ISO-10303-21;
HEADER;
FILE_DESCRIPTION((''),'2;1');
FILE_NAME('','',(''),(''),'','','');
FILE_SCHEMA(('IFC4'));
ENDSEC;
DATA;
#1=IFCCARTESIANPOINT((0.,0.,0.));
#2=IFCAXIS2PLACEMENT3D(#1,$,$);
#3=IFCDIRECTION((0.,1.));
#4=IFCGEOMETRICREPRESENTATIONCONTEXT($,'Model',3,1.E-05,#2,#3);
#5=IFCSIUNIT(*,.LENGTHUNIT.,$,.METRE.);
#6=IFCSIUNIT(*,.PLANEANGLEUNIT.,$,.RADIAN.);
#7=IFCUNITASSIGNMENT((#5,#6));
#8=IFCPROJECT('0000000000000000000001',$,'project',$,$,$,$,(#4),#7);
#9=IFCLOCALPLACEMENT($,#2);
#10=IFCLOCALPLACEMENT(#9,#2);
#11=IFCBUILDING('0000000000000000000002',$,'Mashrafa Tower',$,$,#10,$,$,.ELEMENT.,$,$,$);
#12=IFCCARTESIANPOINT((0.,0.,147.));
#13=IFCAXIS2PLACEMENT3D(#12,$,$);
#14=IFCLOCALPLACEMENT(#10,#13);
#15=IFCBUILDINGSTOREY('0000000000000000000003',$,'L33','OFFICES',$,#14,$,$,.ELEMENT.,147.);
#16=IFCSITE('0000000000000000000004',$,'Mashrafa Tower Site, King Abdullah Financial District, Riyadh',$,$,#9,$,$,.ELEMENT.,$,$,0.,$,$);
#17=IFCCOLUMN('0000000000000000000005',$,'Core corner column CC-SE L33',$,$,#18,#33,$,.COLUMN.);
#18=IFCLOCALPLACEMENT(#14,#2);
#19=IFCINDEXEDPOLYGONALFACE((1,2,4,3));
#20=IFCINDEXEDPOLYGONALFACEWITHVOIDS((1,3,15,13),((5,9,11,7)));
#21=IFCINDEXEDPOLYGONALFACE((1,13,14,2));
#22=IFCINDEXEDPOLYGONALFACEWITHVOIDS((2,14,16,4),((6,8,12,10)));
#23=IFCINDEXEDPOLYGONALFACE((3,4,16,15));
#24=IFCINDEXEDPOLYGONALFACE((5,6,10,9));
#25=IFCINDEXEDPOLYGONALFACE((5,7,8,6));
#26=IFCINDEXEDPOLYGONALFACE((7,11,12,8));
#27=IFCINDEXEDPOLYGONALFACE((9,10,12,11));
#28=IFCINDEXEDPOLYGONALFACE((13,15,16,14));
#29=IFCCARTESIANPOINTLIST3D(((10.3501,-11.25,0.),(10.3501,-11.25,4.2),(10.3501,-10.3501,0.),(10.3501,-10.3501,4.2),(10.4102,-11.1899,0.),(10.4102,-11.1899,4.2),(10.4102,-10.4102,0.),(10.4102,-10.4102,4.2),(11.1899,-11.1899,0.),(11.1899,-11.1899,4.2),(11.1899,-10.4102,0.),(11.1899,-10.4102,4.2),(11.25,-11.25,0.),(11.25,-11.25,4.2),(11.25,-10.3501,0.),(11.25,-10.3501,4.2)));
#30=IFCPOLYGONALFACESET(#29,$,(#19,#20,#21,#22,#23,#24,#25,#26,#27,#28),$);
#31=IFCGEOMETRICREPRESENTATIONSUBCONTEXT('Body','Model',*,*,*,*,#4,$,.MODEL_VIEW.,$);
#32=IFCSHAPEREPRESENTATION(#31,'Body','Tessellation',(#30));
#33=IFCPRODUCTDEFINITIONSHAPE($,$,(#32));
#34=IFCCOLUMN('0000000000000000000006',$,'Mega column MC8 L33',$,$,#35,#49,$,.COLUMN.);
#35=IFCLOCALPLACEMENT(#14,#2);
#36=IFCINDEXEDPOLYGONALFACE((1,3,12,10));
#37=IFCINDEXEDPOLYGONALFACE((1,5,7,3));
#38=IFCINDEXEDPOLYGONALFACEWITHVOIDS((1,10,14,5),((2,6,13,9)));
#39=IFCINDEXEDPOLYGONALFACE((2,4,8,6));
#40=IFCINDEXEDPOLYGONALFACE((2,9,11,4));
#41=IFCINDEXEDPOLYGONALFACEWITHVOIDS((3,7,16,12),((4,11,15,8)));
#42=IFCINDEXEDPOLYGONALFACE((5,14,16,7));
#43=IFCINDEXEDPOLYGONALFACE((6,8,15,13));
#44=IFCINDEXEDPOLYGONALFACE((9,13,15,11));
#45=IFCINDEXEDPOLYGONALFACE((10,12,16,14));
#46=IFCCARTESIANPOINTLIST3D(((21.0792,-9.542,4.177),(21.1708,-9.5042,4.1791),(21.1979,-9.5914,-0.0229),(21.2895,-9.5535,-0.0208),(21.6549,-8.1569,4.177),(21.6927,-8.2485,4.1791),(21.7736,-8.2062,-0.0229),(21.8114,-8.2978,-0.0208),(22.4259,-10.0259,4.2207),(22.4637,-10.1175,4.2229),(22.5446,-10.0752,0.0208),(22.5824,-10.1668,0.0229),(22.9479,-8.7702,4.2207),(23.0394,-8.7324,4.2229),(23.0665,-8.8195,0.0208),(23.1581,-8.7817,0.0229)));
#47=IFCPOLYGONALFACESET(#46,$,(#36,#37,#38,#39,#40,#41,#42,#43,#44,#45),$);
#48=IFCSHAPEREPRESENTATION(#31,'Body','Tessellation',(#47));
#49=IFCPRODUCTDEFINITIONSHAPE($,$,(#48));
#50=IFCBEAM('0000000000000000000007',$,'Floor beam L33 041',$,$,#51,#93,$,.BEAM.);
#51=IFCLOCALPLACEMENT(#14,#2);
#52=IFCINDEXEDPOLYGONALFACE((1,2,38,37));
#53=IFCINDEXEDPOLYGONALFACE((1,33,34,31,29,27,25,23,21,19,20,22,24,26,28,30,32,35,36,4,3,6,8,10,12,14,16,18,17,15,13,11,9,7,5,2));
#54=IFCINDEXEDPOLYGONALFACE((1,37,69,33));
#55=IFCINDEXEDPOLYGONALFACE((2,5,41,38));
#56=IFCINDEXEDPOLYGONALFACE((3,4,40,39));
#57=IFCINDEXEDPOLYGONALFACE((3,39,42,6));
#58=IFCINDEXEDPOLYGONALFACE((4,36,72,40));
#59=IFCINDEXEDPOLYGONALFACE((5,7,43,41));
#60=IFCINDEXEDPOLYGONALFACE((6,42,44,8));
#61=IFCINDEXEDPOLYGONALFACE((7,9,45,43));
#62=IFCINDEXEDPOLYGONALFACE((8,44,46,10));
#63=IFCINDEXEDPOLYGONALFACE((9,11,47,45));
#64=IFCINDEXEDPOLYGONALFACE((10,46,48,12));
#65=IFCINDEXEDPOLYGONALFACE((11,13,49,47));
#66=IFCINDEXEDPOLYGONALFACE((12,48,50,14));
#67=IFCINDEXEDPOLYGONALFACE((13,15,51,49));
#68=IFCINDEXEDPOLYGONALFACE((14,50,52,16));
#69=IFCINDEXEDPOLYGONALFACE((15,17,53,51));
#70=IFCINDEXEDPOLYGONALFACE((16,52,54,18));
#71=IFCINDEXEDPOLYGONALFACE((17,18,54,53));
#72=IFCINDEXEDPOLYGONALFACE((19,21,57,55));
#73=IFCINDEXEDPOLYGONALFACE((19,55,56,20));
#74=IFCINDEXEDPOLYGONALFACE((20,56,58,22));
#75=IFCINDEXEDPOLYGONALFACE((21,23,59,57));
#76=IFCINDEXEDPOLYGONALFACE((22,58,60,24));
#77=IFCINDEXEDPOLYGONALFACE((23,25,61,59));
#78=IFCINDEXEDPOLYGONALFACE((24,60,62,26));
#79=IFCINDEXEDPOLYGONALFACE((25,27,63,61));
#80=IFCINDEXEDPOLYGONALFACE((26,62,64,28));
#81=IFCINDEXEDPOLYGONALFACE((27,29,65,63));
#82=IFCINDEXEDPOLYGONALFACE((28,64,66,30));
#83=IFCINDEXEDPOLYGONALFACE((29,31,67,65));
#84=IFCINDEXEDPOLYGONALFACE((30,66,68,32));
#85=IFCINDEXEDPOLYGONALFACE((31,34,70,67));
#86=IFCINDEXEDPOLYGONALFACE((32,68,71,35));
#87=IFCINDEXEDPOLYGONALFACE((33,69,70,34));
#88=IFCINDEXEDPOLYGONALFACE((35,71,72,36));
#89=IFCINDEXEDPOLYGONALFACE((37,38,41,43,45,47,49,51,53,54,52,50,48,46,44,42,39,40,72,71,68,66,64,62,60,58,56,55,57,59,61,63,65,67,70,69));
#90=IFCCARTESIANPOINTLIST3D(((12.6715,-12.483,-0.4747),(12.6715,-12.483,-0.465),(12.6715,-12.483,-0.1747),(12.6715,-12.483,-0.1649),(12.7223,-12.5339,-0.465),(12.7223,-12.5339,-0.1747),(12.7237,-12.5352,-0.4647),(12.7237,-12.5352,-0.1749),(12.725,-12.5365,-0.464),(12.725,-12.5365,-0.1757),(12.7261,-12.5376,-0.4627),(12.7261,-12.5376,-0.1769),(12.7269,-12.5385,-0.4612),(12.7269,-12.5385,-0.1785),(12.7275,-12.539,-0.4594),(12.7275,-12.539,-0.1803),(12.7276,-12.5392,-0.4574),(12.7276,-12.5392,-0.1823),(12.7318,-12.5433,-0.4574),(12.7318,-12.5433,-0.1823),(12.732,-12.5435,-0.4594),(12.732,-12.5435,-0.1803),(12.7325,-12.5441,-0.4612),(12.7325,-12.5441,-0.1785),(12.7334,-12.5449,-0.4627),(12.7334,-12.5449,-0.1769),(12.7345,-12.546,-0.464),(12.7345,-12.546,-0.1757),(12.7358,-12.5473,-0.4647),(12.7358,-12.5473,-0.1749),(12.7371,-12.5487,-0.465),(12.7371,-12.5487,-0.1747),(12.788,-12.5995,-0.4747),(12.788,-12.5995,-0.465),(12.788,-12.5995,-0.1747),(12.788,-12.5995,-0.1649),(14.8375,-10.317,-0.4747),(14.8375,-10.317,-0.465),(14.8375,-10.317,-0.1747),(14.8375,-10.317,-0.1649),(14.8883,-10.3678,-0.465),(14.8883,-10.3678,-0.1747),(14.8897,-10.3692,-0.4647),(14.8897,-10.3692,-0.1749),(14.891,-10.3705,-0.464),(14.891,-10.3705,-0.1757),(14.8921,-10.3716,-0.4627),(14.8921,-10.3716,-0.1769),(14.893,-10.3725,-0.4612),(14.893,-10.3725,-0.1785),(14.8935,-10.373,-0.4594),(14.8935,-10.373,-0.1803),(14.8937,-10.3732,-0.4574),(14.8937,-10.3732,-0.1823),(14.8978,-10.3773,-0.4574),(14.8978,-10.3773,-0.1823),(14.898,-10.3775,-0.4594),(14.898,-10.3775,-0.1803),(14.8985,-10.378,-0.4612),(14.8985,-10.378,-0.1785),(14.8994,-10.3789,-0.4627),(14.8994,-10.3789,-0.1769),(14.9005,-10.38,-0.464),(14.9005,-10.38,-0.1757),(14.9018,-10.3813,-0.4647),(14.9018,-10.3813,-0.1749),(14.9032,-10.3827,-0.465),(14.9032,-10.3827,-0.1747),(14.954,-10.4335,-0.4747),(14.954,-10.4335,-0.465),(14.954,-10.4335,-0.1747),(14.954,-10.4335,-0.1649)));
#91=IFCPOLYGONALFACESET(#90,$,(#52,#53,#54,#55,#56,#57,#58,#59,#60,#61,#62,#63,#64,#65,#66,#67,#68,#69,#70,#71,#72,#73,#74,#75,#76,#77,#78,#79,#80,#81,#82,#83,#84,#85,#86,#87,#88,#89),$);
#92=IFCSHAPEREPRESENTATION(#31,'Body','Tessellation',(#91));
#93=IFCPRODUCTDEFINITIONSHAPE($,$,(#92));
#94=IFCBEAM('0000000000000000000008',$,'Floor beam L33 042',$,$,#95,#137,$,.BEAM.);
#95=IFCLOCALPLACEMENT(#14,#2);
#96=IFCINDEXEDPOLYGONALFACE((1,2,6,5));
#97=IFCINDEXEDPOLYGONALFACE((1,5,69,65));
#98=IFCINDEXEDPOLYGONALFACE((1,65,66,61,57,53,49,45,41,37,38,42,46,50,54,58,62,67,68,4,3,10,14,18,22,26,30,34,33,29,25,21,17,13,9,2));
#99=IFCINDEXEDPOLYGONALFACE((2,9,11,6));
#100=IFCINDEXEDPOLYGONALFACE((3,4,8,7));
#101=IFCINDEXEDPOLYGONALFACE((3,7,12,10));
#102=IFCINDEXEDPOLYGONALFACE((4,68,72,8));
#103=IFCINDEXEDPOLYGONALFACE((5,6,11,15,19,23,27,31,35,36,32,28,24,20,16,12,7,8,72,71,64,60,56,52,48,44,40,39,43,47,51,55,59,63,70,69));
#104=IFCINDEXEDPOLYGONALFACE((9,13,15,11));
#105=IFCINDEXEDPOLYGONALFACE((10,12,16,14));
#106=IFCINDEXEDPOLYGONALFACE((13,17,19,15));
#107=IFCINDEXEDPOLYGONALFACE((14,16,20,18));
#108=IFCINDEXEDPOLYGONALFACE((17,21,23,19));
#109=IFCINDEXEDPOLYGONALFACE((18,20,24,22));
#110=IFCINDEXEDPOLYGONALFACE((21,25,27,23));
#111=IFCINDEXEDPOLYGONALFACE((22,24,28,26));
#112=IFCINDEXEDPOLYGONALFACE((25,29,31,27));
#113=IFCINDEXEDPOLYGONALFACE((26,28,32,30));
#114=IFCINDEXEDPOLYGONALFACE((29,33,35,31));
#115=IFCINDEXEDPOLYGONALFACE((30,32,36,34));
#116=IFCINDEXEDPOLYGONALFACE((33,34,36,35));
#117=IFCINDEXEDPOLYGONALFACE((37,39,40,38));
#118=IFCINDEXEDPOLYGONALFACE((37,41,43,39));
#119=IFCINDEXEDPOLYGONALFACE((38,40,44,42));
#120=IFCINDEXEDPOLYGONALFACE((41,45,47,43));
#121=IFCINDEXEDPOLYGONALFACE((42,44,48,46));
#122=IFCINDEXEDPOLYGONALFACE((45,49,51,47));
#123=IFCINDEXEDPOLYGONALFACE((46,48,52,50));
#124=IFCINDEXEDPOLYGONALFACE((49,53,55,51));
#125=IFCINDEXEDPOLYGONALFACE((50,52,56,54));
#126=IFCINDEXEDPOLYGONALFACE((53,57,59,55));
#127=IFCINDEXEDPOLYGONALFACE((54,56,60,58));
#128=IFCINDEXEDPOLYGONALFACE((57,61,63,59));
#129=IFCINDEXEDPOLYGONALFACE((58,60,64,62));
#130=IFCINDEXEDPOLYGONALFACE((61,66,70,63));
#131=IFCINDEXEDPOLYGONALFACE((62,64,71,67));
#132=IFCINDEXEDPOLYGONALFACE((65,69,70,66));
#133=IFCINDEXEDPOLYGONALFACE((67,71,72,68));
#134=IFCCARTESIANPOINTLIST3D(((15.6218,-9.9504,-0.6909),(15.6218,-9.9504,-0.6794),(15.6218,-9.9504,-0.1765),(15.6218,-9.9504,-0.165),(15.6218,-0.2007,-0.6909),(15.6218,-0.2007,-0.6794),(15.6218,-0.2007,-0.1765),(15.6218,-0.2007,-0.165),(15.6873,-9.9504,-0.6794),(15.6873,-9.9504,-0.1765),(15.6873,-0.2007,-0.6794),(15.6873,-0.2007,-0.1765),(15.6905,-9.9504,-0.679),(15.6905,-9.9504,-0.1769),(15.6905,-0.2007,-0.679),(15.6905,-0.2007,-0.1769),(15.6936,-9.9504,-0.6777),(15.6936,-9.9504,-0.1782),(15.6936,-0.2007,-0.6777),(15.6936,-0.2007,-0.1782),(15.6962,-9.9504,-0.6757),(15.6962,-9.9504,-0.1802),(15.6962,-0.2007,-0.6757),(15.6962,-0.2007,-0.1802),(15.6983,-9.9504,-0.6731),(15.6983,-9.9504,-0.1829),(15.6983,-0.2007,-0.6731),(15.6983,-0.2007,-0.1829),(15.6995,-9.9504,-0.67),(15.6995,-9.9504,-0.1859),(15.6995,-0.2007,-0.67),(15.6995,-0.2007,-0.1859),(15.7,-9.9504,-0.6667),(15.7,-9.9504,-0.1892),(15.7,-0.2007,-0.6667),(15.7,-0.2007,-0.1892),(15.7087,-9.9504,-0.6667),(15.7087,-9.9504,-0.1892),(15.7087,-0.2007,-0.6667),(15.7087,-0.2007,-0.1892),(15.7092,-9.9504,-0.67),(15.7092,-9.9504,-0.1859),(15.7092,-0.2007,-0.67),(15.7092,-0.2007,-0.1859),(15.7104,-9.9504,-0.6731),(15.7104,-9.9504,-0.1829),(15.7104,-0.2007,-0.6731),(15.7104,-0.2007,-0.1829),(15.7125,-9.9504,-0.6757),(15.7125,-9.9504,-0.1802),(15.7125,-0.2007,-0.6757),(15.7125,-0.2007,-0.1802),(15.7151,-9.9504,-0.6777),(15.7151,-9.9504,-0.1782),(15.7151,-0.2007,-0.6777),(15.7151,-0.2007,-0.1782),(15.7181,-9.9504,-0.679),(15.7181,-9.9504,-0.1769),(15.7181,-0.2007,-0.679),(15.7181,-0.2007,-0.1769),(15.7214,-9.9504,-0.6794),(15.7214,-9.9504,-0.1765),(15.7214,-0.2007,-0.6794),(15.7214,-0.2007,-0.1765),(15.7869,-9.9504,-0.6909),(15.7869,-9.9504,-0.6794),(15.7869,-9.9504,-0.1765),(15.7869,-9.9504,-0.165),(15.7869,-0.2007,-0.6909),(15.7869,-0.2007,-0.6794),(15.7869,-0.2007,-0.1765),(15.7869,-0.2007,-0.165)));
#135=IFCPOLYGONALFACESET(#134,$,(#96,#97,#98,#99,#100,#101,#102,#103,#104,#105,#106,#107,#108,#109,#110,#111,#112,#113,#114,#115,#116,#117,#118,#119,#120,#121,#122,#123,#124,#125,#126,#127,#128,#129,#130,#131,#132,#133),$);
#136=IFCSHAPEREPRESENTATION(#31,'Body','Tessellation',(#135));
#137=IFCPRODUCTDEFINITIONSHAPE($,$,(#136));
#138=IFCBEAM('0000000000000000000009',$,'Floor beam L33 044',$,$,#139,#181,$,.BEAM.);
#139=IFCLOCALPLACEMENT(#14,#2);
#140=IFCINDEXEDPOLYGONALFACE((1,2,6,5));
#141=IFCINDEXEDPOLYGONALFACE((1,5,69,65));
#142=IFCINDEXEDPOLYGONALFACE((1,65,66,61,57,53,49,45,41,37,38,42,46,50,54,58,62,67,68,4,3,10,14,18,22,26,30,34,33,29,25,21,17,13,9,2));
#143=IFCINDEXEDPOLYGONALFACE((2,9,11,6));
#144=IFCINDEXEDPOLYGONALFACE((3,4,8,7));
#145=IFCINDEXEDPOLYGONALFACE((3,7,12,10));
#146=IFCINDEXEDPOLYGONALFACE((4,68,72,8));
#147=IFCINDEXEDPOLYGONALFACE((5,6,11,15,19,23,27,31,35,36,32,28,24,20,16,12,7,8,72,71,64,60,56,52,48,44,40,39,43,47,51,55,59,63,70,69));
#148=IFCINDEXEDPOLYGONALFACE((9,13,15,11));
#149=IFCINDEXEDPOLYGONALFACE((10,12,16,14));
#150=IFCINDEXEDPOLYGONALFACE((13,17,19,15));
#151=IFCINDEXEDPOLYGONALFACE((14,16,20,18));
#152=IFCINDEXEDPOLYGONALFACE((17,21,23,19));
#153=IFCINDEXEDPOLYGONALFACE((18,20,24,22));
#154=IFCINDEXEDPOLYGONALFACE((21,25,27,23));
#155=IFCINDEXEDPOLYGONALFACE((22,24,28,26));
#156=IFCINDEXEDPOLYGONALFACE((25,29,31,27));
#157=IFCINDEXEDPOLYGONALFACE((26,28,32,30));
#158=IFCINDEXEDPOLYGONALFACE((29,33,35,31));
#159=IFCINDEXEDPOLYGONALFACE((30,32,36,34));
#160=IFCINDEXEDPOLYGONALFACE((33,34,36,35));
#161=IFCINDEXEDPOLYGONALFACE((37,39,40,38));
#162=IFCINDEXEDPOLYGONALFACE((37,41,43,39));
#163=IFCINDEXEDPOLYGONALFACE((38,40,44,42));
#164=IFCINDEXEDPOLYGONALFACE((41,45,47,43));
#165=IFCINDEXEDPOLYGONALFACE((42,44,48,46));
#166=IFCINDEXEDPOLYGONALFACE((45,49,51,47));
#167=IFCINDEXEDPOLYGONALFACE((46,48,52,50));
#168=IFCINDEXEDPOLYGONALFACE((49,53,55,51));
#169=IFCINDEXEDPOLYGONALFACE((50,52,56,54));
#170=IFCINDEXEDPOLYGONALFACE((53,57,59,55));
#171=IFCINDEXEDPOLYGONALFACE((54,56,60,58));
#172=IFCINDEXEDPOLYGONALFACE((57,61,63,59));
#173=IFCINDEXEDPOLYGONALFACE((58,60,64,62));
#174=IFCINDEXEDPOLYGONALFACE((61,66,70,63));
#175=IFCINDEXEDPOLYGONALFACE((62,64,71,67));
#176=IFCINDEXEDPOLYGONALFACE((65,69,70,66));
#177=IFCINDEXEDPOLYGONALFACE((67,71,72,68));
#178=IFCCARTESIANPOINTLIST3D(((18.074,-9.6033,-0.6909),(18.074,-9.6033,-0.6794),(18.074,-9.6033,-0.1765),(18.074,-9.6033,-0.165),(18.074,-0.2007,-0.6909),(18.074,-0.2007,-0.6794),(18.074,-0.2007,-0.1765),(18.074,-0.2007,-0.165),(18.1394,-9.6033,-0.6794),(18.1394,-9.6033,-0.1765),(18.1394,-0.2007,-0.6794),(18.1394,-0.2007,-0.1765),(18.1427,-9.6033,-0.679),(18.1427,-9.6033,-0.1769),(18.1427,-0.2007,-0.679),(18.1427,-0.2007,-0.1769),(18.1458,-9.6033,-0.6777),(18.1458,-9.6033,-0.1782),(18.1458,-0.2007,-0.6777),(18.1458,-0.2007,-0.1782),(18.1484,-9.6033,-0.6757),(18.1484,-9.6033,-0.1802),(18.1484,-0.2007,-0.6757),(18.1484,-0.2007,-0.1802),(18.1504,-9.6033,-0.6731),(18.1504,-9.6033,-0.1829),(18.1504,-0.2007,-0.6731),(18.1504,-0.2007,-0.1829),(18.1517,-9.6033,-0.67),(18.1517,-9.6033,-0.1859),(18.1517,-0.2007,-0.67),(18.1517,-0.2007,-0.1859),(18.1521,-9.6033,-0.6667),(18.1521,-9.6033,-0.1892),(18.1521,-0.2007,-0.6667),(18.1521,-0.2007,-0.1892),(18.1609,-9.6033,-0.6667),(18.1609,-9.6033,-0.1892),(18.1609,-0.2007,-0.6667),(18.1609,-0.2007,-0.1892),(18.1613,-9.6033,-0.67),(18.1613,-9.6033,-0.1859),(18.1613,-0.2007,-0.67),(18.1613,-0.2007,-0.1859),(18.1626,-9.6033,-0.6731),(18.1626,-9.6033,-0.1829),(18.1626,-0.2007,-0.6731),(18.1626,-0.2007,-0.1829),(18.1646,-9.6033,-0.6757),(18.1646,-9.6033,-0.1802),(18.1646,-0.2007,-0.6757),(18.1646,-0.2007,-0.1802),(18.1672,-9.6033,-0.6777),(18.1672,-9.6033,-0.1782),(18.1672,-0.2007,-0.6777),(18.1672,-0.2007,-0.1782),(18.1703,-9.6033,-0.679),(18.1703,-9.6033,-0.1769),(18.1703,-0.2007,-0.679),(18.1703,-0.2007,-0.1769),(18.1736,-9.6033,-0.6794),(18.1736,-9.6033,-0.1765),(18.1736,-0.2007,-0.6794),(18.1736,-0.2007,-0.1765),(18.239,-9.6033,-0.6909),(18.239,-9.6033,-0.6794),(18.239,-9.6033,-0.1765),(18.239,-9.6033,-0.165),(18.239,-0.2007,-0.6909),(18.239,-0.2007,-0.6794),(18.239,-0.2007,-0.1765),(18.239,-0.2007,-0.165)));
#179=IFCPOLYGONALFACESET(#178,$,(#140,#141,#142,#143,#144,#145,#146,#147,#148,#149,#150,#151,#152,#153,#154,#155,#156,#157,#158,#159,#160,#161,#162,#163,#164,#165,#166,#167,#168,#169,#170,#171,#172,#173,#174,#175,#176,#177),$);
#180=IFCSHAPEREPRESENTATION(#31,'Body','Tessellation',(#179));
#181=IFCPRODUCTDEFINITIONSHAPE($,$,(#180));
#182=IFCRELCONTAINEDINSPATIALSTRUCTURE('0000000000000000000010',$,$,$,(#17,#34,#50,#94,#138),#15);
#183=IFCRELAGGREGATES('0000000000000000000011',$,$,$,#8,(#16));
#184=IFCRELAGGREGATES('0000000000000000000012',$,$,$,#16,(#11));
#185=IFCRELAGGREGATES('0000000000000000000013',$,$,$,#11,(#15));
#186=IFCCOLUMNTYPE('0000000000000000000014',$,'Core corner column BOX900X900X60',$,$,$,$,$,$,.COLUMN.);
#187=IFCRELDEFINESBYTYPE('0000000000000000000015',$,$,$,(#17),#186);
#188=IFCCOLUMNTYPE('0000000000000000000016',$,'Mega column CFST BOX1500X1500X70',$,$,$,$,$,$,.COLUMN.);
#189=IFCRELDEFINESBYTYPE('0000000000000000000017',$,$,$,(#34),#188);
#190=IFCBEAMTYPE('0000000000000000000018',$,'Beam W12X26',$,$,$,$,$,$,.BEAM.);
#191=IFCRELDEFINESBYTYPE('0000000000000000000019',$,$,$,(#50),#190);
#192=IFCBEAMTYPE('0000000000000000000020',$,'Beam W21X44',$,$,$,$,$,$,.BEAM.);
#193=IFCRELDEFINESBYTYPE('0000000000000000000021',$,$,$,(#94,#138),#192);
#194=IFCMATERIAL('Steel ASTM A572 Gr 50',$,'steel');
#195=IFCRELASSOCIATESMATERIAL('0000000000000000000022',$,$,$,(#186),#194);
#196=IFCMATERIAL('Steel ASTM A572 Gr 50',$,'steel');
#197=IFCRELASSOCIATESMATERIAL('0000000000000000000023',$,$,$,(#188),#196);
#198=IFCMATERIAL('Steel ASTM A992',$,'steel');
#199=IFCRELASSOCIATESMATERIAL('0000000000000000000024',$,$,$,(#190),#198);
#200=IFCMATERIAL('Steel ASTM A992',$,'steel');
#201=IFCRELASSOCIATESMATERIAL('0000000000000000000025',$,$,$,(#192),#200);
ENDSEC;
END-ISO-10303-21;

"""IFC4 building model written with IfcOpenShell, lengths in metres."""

from ifc_helpers import new_model, si_unit, direction, frame, origin, origin_2d, place, context, subcontext, project, spatial, hollow_rectangle, i_section, extrude, material, material_profile, profile_set, type_object, element, save


model = new_model("IFC4")

# Units and contexts
model_context = context("Model", 3, precision=1e-05, world=origin(), true_north=direction((0.0, 1.0)))
body_context = subcontext(model_context, "Body", "Model", "MODEL_VIEW")
ifc_project = project(units=[si_unit("LENGTHUNIT", "METRE"), si_unit("PLANEANGLEUNIT", "RADIAN")], contexts=[model_context])

# Site, building, storey
site_placement = place(None, origin())
site = spatial("IfcSite", under=ifc_project, at=site_placement, Name="Mashrafa Tower Site, King Abdullah Financial District, Riyadh", CompositionType="ELEMENT", RefElevation=0.0)
building_placement = place(site_placement, origin())
building = spatial("IfcBuilding", under=site, at=building_placement, Name="Mashrafa Tower", CompositionType="ELEMENT")
storey_placement = place(building_placement, frame((0.0, 0.0, 147.0)))
storey = spatial("IfcBuildingStorey", under=building, at=storey_placement, Name="L33", Description="OFFICES", CompositionType="ELEMENT", Elevation=147.0)

# Columns
ifc_material_1 = material(Name="Steel ASTM A572 Gr 50", Category="steel")
ifc_material_profile_1 = material_profile(ifc_material_1, hollow_rectangle(XDim=0.8999, YDim=0.8999, WallThickness=0.0601, at=origin_2d()), Name="BOX900X900X60")
ifc_profile_set_1 = profile_set([ifc_material_profile_1], Name="Steel ASTM A572 Gr 50")
column_type_1 = type_object("IfcColumnType", Name="Core corner column BOX900X900X60", PredefinedType="COLUMN", material=ifc_profile_set_1)
column_1_placement = place(storey_placement, frame((10.8, -10.8, 0.0), z_axis=(0.0, 0.0, 1.0), x_axis=(1.0, 0.0, 0.0)))
element("IfcColumn", 1, at=column_1_placement, inside=storey, type_object=column_type_1, Name="Core corner column CC-SE L33", PredefinedType="COLUMN", context=body_context, shape_type="SweptSolid", body=[
    extrude(hollow_rectangle(XDim=0.8999, YDim=0.8999, WallThickness=0.0601, at=origin_2d()), origin(), (0.0, 0.0, 1.0), 4.2),
])
ifc_material_2 = material(Name="Steel ASTM A572 Gr 50", Category="steel")
ifc_material_profile_2 = material_profile(ifc_material_2, hollow_rectangle(XDim=1.5, YDim=1.5, WallThickness=0.0701, at=origin_2d()), Name="BOX1500X1500X70")
ifc_profile_set_2 = profile_set([ifc_material_profile_2], Name="Steel ASTM A572 Gr 50")
column_type_2 = type_object("IfcColumnType", Name="Mega column CFST BOX1500X1500X70", PredefinedType="COLUMN", material=ifc_profile_set_2)
column_2_placement = place(storey_placement, frame((22.178, -9.1865, 0.0), z_axis=(-0.028238, 0.011737, 0.999532), x_axis=(-0.383806, -0.923414, 0.0)))
element("IfcColumn", 2, at=column_2_placement, inside=storey, type_object=column_type_2, Name="Mega column MC8 L33", PredefinedType="COLUMN", context=body_context, shape_type="SweptSolid", body=[
    extrude(hollow_rectangle(XDim=1.5, YDim=1.5, WallThickness=0.0701, at=origin_2d()), origin(), (0.0, 0.0, 1.0), 4.2019),
])

# Beams
ifc_material_3 = material(Name="Steel ASTM A992", Category="steel")
ifc_material_profile_3 = material_profile(ifc_material_3, i_section(OverallWidth=0.1648, OverallDepth=0.3098, WebThickness=0.0059, FlangeThickness=0.0098, FilletRadius=0.0076, at=origin_2d()), Name="W12X26")
ifc_profile_set_3 = profile_set([ifc_material_profile_3], Name="Steel ASTM A992")
beam_type_1 = type_object("IfcBeamType", Name="Beam W12X26", PredefinedType="BEAM", material=ifc_profile_set_3)
beam_1_placement = place(storey_placement, frame((14.8958, -10.3752, -0.3198), z_axis=(-0.707107, -0.707107, 0.0), x_axis=(0.707107, -0.707107, 0.0)))
element("IfcBeam", 3, at=beam_1_placement, inside=storey, type_object=beam_type_1, Name="Floor beam L33 041", PredefinedType="BEAM", context=body_context, shape_type="SweptSolid", body=[
    extrude(i_section(OverallWidth=0.1648, OverallDepth=0.3098, WebThickness=0.0059, FlangeThickness=0.0098, FilletRadius=0.0076, at=origin_2d()), origin(), (0.0, 0.0, 1.0), 3.0632),
])
ifc_material_4 = material(Name="Steel ASTM A992", Category="steel")
ifc_material_profile_4 = material_profile(ifc_material_4, i_section(OverallWidth=0.165, OverallDepth=0.5259, WebThickness=0.0088, FlangeThickness=0.0115, FilletRadius=0.0127, at=origin_2d()), Name="W21X44")
ifc_profile_set_4 = profile_set([ifc_material_profile_4], Name="Steel ASTM A992")
beam_type_2 = type_object("IfcBeamType", Name="Beam W21X44", PredefinedType="BEAM", material=ifc_profile_set_4)
beam_2_placement = place(storey_placement, frame((15.7043, -0.2007, -0.428), z_axis=(0.0, -1.0, 0.0), x_axis=(1.0, 0.0, 0.0)))
element("IfcBeam", 4, at=beam_2_placement, inside=storey, type_object=beam_type_2, Name="Floor beam L33 042", PredefinedType="BEAM", context=body_context, shape_type="SweptSolid", body=[
    extrude(i_section(OverallWidth=0.165, OverallDepth=0.5259, WebThickness=0.0088, FlangeThickness=0.0115, FilletRadius=0.0127, at=origin_2d()), origin(), (0.0, 0.0, 1.0), 9.7498),
])
beam_3_placement = place(storey_placement, frame((18.1565, -0.2007, -0.428), z_axis=(0.0, -1.0, 0.0), x_axis=(1.0, 0.0, 0.0)))
element("IfcBeam", 5, at=beam_3_placement, inside=storey, type_object=beam_type_2, Name="Floor beam L33 044", PredefinedType="BEAM", context=body_context, shape_type="SweptSolid", body=[
    extrude(i_section(OverallWidth=0.165, OverallDepth=0.5259, WebThickness=0.0088, FlangeThickness=0.0115, FilletRadius=0.0127, at=origin_2d()), origin(), (0.0, 0.0, 1.0), 9.4026),
])

save(model, "model.ifc")
